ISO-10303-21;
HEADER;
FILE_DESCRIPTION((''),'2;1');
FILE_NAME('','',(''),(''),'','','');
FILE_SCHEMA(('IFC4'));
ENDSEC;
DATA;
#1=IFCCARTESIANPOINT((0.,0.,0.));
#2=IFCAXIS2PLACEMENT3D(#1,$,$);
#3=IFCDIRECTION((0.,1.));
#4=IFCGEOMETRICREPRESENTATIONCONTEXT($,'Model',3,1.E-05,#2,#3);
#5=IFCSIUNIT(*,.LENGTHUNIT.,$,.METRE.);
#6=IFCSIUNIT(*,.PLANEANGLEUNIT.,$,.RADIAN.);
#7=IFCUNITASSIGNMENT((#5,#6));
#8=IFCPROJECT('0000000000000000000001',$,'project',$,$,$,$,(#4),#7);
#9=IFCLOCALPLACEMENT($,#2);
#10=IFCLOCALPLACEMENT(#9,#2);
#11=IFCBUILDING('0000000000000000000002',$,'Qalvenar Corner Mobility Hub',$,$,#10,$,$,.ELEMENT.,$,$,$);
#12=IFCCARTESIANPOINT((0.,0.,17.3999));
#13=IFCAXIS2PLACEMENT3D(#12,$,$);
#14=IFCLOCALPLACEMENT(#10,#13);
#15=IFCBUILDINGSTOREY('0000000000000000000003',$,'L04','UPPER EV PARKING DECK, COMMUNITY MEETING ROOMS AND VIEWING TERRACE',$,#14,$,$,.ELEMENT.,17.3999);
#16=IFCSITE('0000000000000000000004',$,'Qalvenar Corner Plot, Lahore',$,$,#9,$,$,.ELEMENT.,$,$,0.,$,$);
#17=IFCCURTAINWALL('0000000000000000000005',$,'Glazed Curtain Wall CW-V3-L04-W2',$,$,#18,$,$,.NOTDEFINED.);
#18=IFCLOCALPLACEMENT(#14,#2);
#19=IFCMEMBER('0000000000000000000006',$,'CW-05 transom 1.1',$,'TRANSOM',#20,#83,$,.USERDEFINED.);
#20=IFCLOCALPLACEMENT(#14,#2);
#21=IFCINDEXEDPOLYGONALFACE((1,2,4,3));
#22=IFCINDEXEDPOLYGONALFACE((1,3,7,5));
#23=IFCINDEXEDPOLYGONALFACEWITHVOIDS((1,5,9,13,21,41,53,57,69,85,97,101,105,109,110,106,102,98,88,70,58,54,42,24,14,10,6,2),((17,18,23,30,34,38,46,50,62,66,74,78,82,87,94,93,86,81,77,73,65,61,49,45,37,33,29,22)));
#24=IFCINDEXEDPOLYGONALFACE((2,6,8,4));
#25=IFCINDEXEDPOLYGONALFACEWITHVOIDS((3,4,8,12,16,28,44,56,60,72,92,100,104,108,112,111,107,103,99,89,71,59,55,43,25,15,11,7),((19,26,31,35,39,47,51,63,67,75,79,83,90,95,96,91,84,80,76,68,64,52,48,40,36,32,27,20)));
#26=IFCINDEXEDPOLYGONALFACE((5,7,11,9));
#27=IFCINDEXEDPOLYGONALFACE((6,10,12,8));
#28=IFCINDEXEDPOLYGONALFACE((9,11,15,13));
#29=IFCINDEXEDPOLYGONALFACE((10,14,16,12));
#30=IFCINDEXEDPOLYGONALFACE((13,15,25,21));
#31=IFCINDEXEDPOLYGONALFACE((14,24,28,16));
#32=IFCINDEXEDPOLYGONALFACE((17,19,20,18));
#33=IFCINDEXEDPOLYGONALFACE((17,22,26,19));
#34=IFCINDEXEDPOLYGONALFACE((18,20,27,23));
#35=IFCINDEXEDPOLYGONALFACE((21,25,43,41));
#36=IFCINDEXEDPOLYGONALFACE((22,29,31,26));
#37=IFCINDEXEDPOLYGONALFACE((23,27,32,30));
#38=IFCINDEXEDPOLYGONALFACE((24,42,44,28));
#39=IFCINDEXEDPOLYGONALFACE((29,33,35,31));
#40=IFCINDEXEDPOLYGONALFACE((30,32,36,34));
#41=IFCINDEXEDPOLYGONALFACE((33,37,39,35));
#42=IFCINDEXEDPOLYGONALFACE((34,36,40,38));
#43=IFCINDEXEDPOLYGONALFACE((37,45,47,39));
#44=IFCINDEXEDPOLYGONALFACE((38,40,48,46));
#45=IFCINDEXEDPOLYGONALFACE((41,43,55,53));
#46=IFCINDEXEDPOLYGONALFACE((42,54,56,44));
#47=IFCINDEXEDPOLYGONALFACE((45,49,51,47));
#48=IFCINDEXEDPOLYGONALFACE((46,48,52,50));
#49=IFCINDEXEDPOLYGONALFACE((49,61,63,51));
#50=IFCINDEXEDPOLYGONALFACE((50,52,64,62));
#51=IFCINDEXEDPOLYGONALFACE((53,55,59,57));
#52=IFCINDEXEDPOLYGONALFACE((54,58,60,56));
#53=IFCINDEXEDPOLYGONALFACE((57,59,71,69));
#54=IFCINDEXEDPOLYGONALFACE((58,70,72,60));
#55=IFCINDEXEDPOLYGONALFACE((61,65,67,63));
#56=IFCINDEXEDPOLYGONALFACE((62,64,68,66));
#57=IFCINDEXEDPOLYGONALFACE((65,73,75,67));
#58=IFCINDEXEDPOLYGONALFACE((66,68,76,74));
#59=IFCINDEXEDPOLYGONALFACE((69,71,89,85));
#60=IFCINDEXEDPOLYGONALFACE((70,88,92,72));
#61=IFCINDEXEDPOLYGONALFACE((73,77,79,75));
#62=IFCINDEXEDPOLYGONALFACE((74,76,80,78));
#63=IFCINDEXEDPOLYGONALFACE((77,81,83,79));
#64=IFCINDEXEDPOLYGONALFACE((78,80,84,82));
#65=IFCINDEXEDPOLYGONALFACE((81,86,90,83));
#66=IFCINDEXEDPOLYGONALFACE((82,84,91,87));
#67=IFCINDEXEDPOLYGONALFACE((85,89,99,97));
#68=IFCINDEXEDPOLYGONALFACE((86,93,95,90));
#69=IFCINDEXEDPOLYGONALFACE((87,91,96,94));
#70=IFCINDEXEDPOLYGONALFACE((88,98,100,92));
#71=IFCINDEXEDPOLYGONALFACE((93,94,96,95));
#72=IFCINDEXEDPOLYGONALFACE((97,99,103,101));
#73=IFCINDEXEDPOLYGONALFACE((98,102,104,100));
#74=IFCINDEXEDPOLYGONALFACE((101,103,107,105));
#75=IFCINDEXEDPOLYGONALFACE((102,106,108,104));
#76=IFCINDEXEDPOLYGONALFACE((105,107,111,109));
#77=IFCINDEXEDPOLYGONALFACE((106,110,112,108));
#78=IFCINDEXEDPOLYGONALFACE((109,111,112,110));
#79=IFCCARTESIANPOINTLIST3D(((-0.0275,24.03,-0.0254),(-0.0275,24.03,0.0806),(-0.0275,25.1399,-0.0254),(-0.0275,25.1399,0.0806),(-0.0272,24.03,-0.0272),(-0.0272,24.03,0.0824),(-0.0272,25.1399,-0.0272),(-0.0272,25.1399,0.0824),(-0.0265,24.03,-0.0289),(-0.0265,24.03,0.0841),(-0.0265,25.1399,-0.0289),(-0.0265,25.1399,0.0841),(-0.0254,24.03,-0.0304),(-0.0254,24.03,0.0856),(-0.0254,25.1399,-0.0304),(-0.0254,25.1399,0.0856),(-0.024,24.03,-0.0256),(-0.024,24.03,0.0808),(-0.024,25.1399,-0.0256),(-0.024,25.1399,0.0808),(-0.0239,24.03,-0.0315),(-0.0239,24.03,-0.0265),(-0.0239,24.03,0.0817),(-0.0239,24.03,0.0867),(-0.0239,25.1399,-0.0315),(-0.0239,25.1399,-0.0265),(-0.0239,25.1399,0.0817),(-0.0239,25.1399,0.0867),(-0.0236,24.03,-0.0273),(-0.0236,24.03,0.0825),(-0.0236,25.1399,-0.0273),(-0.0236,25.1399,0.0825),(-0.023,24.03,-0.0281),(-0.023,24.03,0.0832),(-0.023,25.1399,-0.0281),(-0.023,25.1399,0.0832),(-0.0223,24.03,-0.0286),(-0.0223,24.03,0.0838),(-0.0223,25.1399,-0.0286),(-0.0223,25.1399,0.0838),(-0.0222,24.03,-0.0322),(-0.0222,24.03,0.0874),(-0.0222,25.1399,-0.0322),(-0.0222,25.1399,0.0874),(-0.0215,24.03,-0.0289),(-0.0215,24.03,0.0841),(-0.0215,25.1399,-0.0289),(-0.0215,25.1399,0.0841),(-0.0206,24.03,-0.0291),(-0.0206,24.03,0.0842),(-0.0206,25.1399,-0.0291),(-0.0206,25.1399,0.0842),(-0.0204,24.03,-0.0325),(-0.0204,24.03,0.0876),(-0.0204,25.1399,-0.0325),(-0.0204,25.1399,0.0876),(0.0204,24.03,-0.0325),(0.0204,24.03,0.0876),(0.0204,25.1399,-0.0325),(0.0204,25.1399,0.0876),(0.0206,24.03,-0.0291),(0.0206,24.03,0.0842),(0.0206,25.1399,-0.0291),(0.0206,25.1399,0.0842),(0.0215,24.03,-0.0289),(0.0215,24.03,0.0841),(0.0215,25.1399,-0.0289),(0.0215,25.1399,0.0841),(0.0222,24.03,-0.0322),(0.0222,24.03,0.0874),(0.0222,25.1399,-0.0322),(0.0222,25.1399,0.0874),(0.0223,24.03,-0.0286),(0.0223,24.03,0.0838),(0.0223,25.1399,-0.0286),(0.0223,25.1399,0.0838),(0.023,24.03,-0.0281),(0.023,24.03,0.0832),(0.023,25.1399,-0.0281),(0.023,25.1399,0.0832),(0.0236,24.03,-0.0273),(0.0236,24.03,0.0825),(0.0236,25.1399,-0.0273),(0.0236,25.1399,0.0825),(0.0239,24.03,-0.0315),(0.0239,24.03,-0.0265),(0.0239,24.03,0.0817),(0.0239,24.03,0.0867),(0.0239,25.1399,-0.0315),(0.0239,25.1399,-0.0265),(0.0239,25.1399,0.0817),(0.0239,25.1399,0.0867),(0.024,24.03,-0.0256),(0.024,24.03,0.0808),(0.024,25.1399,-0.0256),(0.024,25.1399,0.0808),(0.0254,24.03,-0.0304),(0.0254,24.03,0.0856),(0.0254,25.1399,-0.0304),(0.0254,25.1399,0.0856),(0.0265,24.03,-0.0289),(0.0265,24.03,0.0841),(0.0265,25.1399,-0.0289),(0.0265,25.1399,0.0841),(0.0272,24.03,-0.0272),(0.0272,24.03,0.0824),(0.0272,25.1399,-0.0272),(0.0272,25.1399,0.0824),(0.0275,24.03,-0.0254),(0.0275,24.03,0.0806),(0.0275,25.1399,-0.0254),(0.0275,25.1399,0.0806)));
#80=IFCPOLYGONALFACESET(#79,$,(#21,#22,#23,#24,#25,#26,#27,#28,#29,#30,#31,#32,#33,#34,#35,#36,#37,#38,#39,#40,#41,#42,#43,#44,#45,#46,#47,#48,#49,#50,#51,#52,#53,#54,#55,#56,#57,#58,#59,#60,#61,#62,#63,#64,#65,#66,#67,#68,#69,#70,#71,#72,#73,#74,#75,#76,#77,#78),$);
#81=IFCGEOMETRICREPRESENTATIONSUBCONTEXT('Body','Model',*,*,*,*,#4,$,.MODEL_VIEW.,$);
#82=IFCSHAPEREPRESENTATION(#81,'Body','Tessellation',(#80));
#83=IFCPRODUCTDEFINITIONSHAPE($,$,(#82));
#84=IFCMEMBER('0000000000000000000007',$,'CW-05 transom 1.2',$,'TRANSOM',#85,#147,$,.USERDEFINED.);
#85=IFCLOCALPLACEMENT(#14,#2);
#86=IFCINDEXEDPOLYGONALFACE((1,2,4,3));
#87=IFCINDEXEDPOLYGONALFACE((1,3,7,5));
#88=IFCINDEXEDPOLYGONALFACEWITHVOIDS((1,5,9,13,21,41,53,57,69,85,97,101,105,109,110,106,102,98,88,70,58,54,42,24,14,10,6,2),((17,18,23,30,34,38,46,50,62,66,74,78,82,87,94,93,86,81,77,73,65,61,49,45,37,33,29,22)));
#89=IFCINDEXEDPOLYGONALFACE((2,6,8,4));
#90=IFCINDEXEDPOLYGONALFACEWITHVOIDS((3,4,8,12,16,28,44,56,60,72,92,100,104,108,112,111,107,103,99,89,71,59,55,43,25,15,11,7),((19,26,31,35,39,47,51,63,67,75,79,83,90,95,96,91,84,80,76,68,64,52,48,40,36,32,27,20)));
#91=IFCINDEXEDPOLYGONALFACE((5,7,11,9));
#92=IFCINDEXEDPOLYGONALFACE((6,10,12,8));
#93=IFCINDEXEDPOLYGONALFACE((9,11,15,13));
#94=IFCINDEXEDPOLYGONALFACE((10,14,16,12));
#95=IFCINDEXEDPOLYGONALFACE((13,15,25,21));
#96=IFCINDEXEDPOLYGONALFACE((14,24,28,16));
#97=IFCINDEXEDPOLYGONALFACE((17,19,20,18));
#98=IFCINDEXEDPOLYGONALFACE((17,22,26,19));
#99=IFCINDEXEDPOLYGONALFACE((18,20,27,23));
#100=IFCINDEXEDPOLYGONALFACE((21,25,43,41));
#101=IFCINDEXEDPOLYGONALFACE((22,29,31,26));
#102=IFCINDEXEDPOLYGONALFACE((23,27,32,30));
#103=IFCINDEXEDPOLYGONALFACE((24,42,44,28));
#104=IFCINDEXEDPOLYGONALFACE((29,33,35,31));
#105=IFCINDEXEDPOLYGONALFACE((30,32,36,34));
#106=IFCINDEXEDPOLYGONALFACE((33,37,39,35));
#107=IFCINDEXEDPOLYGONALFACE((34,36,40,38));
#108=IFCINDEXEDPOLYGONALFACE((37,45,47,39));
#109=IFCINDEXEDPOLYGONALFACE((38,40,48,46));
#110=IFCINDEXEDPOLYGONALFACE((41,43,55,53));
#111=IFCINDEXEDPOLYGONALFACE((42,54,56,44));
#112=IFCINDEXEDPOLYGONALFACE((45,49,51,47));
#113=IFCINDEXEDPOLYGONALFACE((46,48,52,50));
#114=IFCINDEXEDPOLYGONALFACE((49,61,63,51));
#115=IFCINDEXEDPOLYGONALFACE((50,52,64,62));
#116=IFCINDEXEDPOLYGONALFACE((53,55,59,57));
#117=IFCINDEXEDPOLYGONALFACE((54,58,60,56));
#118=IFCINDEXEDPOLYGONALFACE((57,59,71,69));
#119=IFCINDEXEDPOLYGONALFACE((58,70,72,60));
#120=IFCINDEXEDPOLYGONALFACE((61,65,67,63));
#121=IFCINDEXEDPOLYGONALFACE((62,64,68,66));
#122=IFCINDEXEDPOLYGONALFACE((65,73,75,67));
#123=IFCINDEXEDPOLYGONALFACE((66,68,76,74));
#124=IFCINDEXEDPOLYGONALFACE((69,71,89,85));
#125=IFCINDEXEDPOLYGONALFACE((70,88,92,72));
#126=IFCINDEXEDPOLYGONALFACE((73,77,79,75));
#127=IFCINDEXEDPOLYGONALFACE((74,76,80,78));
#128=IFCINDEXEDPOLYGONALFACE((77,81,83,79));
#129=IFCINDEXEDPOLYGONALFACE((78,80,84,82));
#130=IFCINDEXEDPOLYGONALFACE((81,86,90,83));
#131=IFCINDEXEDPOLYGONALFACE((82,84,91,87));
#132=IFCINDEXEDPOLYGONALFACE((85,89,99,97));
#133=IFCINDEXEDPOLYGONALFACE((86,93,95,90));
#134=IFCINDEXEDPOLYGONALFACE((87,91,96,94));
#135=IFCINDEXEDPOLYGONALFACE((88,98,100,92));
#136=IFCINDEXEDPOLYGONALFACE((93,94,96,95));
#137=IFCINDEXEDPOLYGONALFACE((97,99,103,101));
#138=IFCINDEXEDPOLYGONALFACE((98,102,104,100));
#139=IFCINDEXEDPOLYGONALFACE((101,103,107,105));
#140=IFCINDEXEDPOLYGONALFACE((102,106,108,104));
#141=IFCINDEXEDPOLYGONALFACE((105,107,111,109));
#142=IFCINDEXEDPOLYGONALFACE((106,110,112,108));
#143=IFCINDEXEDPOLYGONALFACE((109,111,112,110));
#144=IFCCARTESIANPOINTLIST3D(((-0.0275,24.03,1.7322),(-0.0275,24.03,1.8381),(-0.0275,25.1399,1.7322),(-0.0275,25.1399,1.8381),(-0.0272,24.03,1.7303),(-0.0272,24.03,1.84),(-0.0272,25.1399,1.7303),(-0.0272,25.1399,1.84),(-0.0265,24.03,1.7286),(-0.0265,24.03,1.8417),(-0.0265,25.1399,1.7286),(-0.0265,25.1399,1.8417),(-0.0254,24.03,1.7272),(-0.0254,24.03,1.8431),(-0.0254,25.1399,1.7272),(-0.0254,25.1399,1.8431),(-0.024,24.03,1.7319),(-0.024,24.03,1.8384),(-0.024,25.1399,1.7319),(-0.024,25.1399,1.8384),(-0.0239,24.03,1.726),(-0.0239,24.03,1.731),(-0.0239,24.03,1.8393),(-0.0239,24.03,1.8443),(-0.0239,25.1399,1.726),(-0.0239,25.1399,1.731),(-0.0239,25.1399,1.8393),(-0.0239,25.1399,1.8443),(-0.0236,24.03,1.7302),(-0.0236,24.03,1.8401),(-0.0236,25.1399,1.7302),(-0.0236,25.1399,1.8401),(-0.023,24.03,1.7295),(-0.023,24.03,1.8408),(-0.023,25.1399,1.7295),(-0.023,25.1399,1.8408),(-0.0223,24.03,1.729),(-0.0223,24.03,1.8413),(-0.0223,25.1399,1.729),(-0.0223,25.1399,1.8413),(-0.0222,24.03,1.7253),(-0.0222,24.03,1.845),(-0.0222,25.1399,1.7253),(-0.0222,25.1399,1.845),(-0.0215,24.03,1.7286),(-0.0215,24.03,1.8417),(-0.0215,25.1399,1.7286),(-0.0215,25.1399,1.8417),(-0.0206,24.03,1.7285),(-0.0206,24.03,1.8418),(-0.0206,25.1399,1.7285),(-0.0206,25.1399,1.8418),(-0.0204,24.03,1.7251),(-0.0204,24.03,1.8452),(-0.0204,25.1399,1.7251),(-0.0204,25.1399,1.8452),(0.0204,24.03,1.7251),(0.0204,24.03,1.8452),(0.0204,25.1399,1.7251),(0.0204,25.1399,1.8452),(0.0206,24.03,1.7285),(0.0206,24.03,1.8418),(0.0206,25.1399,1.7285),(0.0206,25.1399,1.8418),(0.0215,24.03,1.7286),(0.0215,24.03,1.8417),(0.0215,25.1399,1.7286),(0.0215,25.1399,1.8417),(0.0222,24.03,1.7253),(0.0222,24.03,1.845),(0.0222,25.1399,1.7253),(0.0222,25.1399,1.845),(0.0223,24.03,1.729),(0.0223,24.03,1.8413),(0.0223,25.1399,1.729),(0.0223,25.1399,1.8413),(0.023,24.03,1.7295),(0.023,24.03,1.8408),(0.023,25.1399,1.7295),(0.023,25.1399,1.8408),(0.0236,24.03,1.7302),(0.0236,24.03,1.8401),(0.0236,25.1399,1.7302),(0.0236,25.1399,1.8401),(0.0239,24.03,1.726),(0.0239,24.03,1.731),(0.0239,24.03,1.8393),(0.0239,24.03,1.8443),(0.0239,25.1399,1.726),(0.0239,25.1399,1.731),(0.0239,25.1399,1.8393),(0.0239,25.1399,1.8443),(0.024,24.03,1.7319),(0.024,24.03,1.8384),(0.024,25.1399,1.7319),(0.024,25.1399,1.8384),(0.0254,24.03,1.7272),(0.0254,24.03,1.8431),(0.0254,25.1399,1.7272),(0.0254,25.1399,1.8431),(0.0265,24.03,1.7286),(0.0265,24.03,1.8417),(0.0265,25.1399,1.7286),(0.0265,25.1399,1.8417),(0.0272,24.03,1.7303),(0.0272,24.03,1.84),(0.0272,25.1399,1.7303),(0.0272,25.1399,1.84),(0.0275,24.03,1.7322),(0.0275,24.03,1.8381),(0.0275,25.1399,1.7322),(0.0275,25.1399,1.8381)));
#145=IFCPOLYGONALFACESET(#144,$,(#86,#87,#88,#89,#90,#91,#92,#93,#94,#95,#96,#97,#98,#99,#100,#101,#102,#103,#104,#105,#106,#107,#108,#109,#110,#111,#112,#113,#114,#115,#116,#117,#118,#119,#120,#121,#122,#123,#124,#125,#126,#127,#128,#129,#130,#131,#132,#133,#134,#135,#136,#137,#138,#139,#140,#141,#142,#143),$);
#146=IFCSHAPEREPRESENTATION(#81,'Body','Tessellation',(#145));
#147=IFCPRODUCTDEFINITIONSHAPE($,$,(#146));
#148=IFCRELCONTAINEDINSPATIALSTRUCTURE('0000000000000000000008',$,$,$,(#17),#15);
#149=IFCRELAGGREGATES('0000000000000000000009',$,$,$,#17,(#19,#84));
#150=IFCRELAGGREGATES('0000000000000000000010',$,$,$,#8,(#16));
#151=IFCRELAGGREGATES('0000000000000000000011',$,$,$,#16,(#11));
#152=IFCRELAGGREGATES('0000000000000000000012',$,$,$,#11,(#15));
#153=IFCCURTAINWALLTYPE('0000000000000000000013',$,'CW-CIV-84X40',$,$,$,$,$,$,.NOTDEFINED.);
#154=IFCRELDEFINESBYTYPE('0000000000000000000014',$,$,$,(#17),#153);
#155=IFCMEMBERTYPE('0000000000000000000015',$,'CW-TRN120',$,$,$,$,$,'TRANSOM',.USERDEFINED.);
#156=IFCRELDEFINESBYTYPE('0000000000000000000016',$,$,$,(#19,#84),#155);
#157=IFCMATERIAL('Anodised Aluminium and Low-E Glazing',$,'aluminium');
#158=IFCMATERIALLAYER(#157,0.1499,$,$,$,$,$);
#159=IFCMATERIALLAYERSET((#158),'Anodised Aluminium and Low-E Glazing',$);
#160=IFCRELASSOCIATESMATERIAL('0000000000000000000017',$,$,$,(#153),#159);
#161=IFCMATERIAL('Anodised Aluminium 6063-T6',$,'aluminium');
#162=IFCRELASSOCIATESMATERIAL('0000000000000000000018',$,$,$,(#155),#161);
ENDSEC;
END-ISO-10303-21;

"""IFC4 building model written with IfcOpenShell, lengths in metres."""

from ifc_helpers import new_model, si_unit, direction, frame, origin, origin_2d, place, context, subcontext, project, spatial, hollow_rectangle, extrude, material, layer, layer_set, material_profile, profile_set, type_object, element, aggregate, save


model = new_model("IFC4")

# Units and contexts
model_context = context("Model", 3, precision=1e-05, world=origin(), true_north=direction((0.0, 1.0)))
body_context = subcontext(model_context, "Body", "Model", "MODEL_VIEW")
ifc_project = project(units=[si_unit("LENGTHUNIT", "METRE"), si_unit("PLANEANGLEUNIT", "RADIAN")], contexts=[model_context])

# Site, building, storey
site_placement = place(None, origin())
site = spatial("IfcSite", under=ifc_project, at=site_placement, Name="Qalvenar Corner Plot, Lahore", CompositionType="ELEMENT", RefElevation=0.0)
building_placement = place(site_placement, origin())
building = spatial("IfcBuilding", under=site, at=building_placement, Name="Qalvenar Corner Mobility Hub", CompositionType="ELEMENT")
storey_placement = place(building_placement, frame((0.0, 0.0, 17.3999)))
storey = spatial("IfcBuildingStorey", under=building, at=storey_placement, Name="L04", Description="UPPER EV PARKING DECK, COMMUNITY MEETING ROOMS AND VIEWING TERRACE", CompositionType="ELEMENT", Elevation=17.3999)

# Curtain wall, members
ifc_material_1 = material(Name="Anodised Aluminium and Low-E Glazing", Category="aluminium")
ifc_layer_1 = layer(ifc_material_1, 0.1499)
ifc_layer_set_1 = layer_set([ifc_layer_1], Name="Anodised Aluminium and Low-E Glazing")
curtain_wall_type = type_object("IfcCurtainWallType", Name="CW-CIV-84X40", PredefinedType="NOTDEFINED", material=ifc_layer_set_1)
curtain_wall_placement = place(storey_placement, origin())
curtain_wall = element("IfcCurtainWall", 1, at=curtain_wall_placement, inside=storey, type_object=curtain_wall_type, Name="Glazed Curtain Wall CW-V3-L04-W2", PredefinedType="NOTDEFINED")
ifc_material_2 = material(Name="Anodised Aluminium 6063-T6", Category="aluminium")
ifc_material_profile_1 = material_profile(ifc_material_2, hollow_rectangle(XDim=0.0549, YDim=0.1201, WallThickness=0.0034, InnerFilletRadius=0.0034, OuterFilletRadius=0.0071, at=origin_2d()), Name="RHS120x55x3.5")
ifc_profile_set_1 = profile_set([ifc_material_profile_1], Name="Anodised Aluminium 6063-T6")
member_type_1 = type_object("IfcMemberType", Name="CW-TRN120", ElementType="TRANSOM", PredefinedType="USERDEFINED", material=ifc_profile_set_1)
member_1_placement = place(storey_placement, frame((0.0, 25.1399, 0.0276), z_axis=(0.0, -1.0, 0.0), x_axis=(1.0, 0.0, 0.0)))
member_1 = element("IfcMember", 2, at=member_1_placement, type_object=member_type_1, Name="CW-05 transom 1.1", ObjectType="TRANSOM", PredefinedType="USERDEFINED", context=body_context, shape_type="SweptSolid", body=[
    extrude(hollow_rectangle(XDim=0.0549, YDim=0.1201, WallThickness=0.0034, InnerFilletRadius=0.0034, OuterFilletRadius=0.0071, at=origin_2d()), origin(), (0.0, 0.0, 1.0), 1.1099),
])
member_2_placement = place(storey_placement, frame((0.0, 25.1399, 1.7852), z_axis=(0.0, -1.0, 0.0), x_axis=(1.0, 0.0, 0.0)))
member_2 = element("IfcMember", 3, at=member_2_placement, type_object=member_type_1, Name="CW-05 transom 1.2", ObjectType="TRANSOM", PredefinedType="USERDEFINED", context=body_context, shape_type="SweptSolid", body=[
    extrude(hollow_rectangle(XDim=0.0549, YDim=0.1201, WallThickness=0.0034, InnerFilletRadius=0.0034, OuterFilletRadius=0.0071, at=origin_2d()), origin(), (0.0, 0.0, 1.0), 1.1099),
])
aggregate(curtain_wall, [member_1, member_2])

save(model, "model.ifc")
